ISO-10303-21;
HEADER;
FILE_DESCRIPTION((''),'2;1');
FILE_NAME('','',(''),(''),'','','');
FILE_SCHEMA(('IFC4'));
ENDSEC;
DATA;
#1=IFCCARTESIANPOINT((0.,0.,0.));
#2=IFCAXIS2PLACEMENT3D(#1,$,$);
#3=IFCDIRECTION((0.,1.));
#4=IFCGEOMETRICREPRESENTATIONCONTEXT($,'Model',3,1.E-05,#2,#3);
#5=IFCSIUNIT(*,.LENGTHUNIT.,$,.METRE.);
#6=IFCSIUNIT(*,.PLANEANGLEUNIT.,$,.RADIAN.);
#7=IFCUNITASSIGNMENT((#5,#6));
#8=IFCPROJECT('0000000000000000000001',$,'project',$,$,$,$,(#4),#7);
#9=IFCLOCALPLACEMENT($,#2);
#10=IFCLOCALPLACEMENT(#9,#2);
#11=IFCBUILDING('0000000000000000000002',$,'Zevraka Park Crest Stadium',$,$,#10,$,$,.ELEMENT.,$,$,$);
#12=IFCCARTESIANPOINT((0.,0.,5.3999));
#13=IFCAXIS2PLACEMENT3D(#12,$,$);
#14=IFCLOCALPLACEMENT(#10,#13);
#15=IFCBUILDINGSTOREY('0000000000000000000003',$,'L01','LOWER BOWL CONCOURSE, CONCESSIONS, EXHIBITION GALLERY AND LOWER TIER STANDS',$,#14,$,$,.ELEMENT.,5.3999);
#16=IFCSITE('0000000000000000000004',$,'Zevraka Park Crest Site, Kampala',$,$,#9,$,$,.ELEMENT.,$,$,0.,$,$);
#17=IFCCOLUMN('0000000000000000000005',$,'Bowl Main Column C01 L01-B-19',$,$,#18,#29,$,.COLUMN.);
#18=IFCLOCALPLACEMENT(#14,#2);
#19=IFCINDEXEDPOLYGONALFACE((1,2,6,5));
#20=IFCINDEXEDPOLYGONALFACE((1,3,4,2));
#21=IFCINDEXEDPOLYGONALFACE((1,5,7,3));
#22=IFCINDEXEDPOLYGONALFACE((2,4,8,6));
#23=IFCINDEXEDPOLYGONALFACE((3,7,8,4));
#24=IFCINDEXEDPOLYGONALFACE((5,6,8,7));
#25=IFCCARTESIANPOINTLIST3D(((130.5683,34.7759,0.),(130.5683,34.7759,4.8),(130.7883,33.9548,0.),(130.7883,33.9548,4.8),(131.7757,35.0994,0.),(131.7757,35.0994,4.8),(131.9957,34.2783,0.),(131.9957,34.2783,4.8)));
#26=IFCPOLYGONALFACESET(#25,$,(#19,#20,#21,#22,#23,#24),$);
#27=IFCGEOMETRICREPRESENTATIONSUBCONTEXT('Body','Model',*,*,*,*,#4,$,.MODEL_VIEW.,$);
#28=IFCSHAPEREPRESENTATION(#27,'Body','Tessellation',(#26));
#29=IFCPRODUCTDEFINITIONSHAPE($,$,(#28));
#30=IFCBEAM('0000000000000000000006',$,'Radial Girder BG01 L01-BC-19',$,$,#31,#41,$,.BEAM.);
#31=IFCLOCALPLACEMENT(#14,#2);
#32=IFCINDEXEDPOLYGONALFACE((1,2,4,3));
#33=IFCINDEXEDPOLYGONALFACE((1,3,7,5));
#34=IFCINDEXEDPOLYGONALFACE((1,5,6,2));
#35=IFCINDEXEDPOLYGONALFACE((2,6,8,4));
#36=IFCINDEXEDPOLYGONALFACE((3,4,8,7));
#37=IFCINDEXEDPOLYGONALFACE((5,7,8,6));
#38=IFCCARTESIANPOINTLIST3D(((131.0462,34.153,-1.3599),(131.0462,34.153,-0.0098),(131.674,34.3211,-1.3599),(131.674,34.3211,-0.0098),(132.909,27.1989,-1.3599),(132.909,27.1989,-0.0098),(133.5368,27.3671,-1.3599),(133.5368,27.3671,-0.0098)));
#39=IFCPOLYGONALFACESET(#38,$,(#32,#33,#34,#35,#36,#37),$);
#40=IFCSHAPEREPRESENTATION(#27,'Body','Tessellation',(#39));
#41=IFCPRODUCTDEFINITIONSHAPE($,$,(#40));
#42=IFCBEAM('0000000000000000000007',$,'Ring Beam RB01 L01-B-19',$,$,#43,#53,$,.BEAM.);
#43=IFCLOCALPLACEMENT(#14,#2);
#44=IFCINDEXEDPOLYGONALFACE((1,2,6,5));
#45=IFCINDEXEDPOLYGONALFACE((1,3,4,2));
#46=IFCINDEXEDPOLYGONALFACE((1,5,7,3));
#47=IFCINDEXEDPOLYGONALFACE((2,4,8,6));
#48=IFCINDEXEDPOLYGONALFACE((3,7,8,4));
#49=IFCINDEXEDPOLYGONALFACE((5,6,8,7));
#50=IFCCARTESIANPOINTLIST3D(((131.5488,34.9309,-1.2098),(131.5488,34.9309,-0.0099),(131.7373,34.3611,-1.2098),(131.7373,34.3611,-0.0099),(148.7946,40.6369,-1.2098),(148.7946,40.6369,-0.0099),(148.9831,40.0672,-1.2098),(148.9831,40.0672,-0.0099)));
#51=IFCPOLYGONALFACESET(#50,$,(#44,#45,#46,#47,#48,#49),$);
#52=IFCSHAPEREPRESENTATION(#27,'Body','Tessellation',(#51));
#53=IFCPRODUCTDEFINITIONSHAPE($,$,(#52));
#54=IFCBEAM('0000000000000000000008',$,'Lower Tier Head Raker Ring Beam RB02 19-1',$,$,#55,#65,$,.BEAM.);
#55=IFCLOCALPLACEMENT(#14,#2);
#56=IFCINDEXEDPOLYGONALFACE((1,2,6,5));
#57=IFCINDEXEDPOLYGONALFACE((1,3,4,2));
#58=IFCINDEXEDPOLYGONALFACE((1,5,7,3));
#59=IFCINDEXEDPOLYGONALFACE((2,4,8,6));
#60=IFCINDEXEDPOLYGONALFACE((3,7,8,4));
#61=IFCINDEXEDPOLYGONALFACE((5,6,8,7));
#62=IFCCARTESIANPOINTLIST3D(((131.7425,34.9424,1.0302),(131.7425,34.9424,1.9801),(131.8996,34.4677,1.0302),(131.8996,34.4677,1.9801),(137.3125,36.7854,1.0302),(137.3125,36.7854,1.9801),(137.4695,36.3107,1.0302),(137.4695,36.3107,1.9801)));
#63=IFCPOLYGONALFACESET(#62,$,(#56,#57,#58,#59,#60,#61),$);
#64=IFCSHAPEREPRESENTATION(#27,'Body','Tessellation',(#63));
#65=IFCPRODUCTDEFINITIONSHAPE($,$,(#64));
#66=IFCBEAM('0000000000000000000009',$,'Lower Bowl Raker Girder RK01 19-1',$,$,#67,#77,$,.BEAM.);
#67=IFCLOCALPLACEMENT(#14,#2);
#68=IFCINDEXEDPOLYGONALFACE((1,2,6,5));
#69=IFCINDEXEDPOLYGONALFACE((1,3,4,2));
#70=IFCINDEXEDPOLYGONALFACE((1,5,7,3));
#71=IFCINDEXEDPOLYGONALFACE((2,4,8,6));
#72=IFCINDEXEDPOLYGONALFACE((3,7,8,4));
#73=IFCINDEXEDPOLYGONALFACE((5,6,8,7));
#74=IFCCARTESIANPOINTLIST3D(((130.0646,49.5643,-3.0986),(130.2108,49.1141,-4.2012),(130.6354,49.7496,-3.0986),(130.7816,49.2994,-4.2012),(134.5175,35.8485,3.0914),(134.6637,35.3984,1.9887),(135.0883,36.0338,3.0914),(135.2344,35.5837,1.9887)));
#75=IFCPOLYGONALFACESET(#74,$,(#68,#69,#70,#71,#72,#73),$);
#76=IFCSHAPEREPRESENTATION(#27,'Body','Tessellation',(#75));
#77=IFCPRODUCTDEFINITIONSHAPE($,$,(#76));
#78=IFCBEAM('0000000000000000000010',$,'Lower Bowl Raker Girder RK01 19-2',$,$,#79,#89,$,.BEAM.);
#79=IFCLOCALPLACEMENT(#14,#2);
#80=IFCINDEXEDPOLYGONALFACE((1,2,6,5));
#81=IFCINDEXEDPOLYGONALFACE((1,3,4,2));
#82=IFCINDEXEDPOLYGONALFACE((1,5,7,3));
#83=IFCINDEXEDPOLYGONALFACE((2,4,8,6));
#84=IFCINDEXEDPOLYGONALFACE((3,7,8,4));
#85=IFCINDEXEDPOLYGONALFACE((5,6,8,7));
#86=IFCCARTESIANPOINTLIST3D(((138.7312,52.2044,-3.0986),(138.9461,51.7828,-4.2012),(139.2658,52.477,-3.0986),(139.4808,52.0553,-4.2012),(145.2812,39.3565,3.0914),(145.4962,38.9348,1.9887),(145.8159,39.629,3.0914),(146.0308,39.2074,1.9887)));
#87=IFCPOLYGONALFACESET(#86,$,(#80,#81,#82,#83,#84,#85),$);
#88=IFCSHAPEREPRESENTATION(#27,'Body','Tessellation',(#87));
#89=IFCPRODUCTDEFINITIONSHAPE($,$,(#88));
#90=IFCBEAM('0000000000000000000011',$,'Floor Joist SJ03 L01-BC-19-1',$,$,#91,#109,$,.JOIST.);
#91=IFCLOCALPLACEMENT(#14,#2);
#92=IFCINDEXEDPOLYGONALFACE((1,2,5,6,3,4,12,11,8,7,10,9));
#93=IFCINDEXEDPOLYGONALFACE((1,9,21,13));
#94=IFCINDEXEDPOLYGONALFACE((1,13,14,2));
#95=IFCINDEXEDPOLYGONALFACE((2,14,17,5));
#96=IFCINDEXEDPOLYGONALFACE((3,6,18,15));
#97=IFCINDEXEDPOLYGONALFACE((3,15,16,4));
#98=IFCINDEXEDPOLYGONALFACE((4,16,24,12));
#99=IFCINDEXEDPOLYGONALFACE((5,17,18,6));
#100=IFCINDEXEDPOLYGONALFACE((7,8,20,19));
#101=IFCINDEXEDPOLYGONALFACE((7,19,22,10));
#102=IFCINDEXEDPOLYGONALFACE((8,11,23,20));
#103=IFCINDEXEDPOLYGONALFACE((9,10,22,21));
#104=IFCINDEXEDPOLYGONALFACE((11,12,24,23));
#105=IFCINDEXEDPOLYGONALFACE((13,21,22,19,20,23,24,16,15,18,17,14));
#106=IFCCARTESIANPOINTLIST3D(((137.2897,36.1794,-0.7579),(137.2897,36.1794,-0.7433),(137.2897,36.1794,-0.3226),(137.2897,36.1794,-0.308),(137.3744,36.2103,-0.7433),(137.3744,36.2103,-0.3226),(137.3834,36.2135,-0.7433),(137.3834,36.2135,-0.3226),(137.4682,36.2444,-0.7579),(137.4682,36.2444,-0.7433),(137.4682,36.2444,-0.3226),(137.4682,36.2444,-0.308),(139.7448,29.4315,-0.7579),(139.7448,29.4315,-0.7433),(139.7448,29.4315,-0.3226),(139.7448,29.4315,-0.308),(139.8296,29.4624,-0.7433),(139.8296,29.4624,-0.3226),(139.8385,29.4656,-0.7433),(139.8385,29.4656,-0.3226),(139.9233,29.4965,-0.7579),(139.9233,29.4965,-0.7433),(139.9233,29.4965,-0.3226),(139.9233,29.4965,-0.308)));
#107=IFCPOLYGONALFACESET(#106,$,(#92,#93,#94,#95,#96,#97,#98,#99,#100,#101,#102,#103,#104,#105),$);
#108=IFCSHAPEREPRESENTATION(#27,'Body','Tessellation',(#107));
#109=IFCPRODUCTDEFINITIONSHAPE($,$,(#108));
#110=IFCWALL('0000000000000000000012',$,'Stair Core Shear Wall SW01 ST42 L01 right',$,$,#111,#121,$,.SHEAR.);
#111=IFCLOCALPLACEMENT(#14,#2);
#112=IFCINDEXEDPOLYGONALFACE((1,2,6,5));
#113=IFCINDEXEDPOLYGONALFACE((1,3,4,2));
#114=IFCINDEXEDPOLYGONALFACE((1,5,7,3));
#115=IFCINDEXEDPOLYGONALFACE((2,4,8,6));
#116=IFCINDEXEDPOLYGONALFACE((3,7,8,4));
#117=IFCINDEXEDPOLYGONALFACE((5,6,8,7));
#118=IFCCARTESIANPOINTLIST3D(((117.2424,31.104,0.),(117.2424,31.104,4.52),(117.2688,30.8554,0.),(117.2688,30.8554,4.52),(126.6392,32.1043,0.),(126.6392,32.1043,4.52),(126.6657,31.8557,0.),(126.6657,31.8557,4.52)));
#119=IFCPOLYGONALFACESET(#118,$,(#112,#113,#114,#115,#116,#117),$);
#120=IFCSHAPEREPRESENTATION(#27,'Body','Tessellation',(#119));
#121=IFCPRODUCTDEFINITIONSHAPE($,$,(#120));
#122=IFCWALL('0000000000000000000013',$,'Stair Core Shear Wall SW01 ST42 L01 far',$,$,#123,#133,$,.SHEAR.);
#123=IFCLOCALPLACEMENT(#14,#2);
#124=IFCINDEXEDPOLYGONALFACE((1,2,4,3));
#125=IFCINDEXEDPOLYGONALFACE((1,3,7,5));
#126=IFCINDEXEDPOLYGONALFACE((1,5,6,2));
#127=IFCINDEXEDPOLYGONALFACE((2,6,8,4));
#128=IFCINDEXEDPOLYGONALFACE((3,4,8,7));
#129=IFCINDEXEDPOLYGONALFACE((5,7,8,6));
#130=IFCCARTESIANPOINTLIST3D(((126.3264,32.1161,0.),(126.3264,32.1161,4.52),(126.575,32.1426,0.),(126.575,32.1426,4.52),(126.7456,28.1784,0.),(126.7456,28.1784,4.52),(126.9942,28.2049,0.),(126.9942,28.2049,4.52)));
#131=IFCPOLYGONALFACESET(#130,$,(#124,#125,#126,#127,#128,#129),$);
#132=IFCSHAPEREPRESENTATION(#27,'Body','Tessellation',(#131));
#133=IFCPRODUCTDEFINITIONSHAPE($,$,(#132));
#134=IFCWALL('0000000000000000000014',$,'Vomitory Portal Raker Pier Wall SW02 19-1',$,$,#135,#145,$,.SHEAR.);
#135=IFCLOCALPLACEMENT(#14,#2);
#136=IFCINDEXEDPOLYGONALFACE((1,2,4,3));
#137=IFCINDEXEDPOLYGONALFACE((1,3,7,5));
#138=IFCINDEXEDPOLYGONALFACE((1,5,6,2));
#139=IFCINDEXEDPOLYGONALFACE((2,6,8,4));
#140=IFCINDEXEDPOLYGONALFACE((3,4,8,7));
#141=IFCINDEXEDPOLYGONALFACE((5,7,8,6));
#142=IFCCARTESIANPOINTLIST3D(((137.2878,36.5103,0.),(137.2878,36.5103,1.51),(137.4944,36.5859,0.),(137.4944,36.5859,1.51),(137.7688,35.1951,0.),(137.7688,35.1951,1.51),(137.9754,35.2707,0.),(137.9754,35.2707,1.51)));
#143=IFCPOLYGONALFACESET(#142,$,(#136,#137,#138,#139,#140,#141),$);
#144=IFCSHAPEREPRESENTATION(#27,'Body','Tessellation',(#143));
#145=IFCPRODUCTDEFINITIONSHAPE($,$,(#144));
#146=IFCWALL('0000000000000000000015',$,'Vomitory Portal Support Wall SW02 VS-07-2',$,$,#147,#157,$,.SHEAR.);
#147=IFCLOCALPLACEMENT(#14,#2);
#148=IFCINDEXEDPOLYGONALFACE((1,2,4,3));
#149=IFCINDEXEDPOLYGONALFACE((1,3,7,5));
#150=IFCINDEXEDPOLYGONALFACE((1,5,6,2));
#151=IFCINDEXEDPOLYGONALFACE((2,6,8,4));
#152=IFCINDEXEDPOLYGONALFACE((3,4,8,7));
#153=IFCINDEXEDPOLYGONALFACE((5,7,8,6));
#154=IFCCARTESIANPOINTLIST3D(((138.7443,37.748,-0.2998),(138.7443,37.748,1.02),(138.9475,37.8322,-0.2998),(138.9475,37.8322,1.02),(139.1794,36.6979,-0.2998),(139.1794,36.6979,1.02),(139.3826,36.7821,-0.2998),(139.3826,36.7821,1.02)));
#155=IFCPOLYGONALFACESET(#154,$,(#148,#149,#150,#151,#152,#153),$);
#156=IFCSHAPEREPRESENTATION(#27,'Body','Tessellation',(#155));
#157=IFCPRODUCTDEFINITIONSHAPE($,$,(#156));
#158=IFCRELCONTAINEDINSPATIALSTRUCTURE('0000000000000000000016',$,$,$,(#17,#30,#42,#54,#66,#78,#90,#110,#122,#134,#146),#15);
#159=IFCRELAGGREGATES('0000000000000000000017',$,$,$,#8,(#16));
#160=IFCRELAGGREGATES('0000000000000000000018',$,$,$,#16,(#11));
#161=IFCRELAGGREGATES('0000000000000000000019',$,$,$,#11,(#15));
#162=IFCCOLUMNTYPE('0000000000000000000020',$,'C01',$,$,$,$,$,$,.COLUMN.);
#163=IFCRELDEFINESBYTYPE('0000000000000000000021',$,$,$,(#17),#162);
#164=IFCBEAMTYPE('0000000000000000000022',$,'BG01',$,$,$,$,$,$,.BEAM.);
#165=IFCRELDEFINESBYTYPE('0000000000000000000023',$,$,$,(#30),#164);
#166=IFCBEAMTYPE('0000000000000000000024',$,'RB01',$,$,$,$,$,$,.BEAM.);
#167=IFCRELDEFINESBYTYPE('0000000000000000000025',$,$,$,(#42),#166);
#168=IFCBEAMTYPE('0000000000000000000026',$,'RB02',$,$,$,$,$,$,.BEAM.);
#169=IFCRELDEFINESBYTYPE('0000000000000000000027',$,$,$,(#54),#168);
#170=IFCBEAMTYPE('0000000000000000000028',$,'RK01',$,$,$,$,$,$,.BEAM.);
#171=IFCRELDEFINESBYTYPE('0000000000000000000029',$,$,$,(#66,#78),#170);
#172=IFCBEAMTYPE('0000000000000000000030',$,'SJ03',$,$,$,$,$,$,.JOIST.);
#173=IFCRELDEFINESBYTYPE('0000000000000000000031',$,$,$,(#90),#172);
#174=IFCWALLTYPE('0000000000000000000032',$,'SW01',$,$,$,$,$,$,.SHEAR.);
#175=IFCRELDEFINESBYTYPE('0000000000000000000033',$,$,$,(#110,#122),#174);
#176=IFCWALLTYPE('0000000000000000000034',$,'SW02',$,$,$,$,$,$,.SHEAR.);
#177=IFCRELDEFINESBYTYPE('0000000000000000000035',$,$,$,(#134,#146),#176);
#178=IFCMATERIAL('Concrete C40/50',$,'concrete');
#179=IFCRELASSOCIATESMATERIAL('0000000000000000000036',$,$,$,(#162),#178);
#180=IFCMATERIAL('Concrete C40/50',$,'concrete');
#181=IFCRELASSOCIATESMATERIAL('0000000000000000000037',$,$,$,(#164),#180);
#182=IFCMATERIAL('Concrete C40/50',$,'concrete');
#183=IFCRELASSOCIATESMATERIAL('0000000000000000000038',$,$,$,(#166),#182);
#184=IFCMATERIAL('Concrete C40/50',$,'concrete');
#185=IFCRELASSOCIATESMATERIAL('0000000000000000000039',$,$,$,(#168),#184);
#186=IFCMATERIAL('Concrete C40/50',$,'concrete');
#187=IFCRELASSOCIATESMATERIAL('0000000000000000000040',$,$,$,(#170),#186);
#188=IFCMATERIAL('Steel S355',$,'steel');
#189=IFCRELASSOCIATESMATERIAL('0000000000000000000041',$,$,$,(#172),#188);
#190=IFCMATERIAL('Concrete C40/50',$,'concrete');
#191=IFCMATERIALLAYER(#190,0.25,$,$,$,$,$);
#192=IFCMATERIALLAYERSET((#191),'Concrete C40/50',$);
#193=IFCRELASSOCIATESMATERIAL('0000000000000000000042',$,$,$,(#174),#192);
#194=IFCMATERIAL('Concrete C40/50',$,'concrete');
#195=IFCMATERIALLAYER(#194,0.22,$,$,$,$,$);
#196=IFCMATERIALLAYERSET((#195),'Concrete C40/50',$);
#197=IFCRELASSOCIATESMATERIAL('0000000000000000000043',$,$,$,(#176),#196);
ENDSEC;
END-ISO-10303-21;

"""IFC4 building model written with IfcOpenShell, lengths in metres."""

from ifc_helpers import new_model, si_unit, direction, frame, frame_2d, origin, origin_2d, place, context, subcontext, project, spatial, rectangle, i_section, extrude, material, layer, layer_set, material_profile, profile_set, type_object, element, save


model = new_model("IFC4")

# Units and contexts
model_context = context("Model", 3, precision=1e-05, world=origin(), true_north=direction((0.0, 1.0)))
body_context = subcontext(model_context, "Body", "Model", "MODEL_VIEW")
ifc_project = project(units=[si_unit("LENGTHUNIT", "METRE"), si_unit("PLANEANGLEUNIT", "RADIAN")], contexts=[model_context])

# Site, building, storey
site_placement = place(None, origin())
site = spatial("IfcSite", under=ifc_project, at=site_placement, Name="Zevraka Park Crest Site, Kampala", CompositionType="ELEMENT", RefElevation=0.0)
building_placement = place(site_placement, origin())
building = spatial("IfcBuilding", under=site, at=building_placement, Name="Zevraka Park Crest Stadium", CompositionType="ELEMENT")
storey_placement = place(building_placement, frame((0.0, 0.0, 5.3999)))
storey = spatial("IfcBuildingStorey", under=building, at=storey_placement, Name="L01", Description="LOWER BOWL CONCOURSE, CONCESSIONS, EXHIBITION GALLERY AND LOWER TIER STANDS", CompositionType="ELEMENT", Elevation=5.3999)

# Column
ifc_material_1 = material(Name="Concrete C40/50", Category="concrete")
ifc_material_profile_1 = material_profile(ifc_material_1, rectangle(XDim=0.8501, YDim=1.25, at=origin_2d()), Name="RC 1250x850")
ifc_profile_set_1 = profile_set([ifc_material_profile_1], Name="Concrete C40/50")
column_type = type_object("IfcColumnType", Name="C01", PredefinedType="COLUMN", material=ifc_profile_set_1)
column_placement = place(storey_placement, frame((131.282, 34.5271, 0.0), z_axis=(0.0, 0.0, 1.0), x_axis=(-0.258819, 0.965926, 0.0)))
element("IfcColumn", 1, at=column_placement, inside=storey, type_object=column_type, Name="Bowl Main Column C01 L01-B-19", PredefinedType="COLUMN", context=body_context, shape_type="SweptSolid", body=[
    extrude(rectangle(XDim=0.8501, YDim=1.25, at=origin_2d()), origin(), (0.0, 0.0, 1.0), 4.8),
])

# Beams
ifc_material_2 = material(Name="Concrete C40/50", Category="concrete")
ifc_material_profile_2 = material_profile(ifc_material_2, rectangle(XDim=0.6499, YDim=1.3501, at=origin_2d()), Name="RC 1350x650")
ifc_profile_set_2 = profile_set([ifc_material_profile_2], Name="Concrete C40/50")
beam_type_1 = type_object("IfcBeamType", Name="BG01", PredefinedType="BEAM", material=ifc_profile_set_2)
beam_1_placement = place(storey_placement, frame((131.3601, 34.2371, -0.6848), z_axis=(0.258747, -0.965945, 0.0), x_axis=(0.965945, 0.258747, 0.0)))
element("IfcBeam", 2, at=beam_1_placement, inside=storey, type_object=beam_type_1, Name="Radial Girder BG01 L01-BC-19", PredefinedType="BEAM", context=body_context, shape_type="SweptSolid", body=[
    extrude(rectangle(XDim=0.6499, YDim=1.3501, at=origin_2d()), origin(), (0.0, 0.0, 1.0), 7.1992),
])
ifc_material_3 = material(Name="Concrete C40/50", Category="concrete")
ifc_material_profile_3 = material_profile(ifc_material_3, rectangle(XDim=0.6001, YDim=1.2, at=origin_2d()), Name="RC 1200x600")
ifc_profile_set_3 = profile_set([ifc_material_profile_3], Name="Concrete C40/50")
beam_type_2 = type_object("IfcBeamType", Name="RB01", PredefinedType="BEAM", material=ifc_profile_set_3)
beam_2_placement = place(storey_placement, frame((131.6431, 34.646, -0.6099), z_axis=(0.949384, 0.314118, 0.0), x_axis=(-0.314118, 0.949384, 0.0)))
element("IfcBeam", 3, at=beam_2_placement, inside=storey, type_object=beam_type_2, Name="Ring Beam RB01 L01-B-19", PredefinedType="BEAM", context=body_context, shape_type="SweptSolid", body=[
    extrude(rectangle(XDim=0.6001, YDim=1.2, at=origin_2d()), origin(), (0.0, 0.0, 1.0), 18.1653),
])
ifc_material_4 = material(Name="Concrete C40/50", Category="concrete")
ifc_material_profile_4 = material_profile(ifc_material_4, rectangle(XDim=0.5, YDim=0.95, at=origin_2d()), Name="RC 950x500")
ifc_profile_set_4 = profile_set([ifc_material_profile_4], Name="Concrete C40/50")
beam_type_3 = type_object("IfcBeamType", Name="RB02", PredefinedType="BEAM", material=ifc_profile_set_4)
beam_3_placement = place(storey_placement, frame((131.821, 34.7051, 1.5051), z_axis=(0.94938, 0.31413, 0.0), x_axis=(-0.31413, 0.94938, 0.0)))
element("IfcBeam", 4, at=beam_3_placement, inside=storey, type_object=beam_type_3, Name="Lower Tier Head Raker Ring Beam RB02 19-1", PredefinedType="BEAM", context=body_context, shape_type="SweptSolid", body=[
    extrude(rectangle(XDim=0.5, YDim=0.95, at=origin_2d()), origin(), (0.0, 0.0, 1.0), 5.8669),
])
ifc_material_5 = material(Name="Concrete C40/50", Category="concrete")
ifc_material_profile_5 = material_profile(ifc_material_5, rectangle(XDim=0.6001, YDim=1.2, at=origin_2d()), Name="RC 1200x600")
ifc_profile_set_5 = profile_set([ifc_material_profile_5], Name="Concrete C40/50")
beam_type_4 = type_object("IfcBeamType", Name="RK01", PredefinedType="BEAM", material=ifc_profile_set_5)
beam_4_placement = place(storey_placement, frame((130.4231, 49.4319, -3.6499), z_axis=(0.283751, -0.874014, 0.394442), x_axis=(0.951131, 0.308787, 0.0)))
element("IfcBeam", 5, at=beam_4_placement, inside=storey, type_object=beam_type_4, Name="Lower Bowl Raker Girder RK01 19-1", PredefinedType="BEAM", context=body_context, shape_type="SweptSolid", body=[
    extrude(rectangle(XDim=0.6001, YDim=1.2, at=origin_2d()), origin(), (0.0, 0.0, 1.0), 15.6929),
])
beam_5_placement = place(storey_placement, frame((139.106, 52.1299, -3.6499), z_axis=(0.417372, -0.818675, 0.394426), x_axis=(0.890902, 0.454195, 0.0)))
element("IfcBeam", 6, at=beam_5_placement, inside=storey, type_object=beam_type_4, Name="Lower Bowl Raker Girder RK01 19-2", PredefinedType="BEAM", context=body_context, shape_type="SweptSolid", body=[
    extrude(rectangle(XDim=0.6001, YDim=1.2, at=origin_2d()), origin(), (0.0, 0.0, 1.0), 15.6936),
])
ifc_material_6 = material(Name="Steel S355", Category="steel")
ifc_material_profile_6 = material_profile(ifc_material_6, i_section(OverallWidth=0.1899, OverallDepth=0.45, WebThickness=0.0095, FlangeThickness=0.0146, at=origin_2d()), Name="IPE 450")
ifc_profile_set_6 = profile_set([ifc_material_profile_6], Name="Steel S355")
beam_type_5 = type_object("IfcBeamType", Name="SJ03", PredefinedType="JOIST", material=ifc_profile_set_6)
beam_6_placement = place(storey_placement, frame((137.3789, 36.2119, -0.533), z_axis=(0.341907, -0.939734, 0.0), x_axis=(0.939734, 0.341907, 0.0)))
element("IfcBeam", 7, at=beam_6_placement, inside=storey, type_object=beam_type_5, Name="Floor Joist SJ03 L01-BC-19-1", PredefinedType="JOIST", context=body_context, shape_type="SweptSolid", body=[
    extrude(i_section(OverallWidth=0.1899, OverallDepth=0.45, WebThickness=0.0095, FlangeThickness=0.0146, at=origin_2d()), origin(), (0.0, 0.0, 1.0), 7.1807),
])

# Walls
ifc_material_7 = material(Name="Concrete C40/50", Category="concrete")
ifc_layer_1 = layer(ifc_material_7, 0.25)
ifc_layer_set_1 = layer_set([ifc_layer_1], Name="Concrete C40/50")
wall_type_1 = type_object("IfcWallType", Name="SW01", PredefinedType="SHEAR", material=ifc_layer_set_1)
wall_1_placement = place(storey_placement, frame((126.6526, 31.98, 0.0), z_axis=(0.0, 0.0, 1.0), x_axis=(-0.994383, -0.105845, 0.0)))
element("IfcWall", 8, at=wall_1_placement, inside=storey, type_object=wall_type_1, Name="Stair Core Shear Wall SW01 ST42 L01 right", PredefinedType="SHEAR", context=body_context, shape_type="SweptSolid", body=[
    extrude(rectangle(XDim=9.45, YDim=0.25, at=frame_2d((4.7251, 0.0))), origin(), (0.0, 0.0, 1.0), 4.52),
])
wall_2_placement = place(storey_placement, frame((126.8699, 28.1917, 0.0), z_axis=(0.0, 0.0, 1.0), x_axis=(-0.105856, 0.994381, 0.0)))
element("IfcWall", 9, at=wall_2_placement, inside=storey, type_object=wall_type_1, Name="Stair Core Shear Wall SW01 ST42 L01 far", PredefinedType="SHEAR", context=body_context, shape_type="SweptSolid", body=[
    extrude(rectangle(XDim=3.96, YDim=0.25, at=frame_2d((1.98, 0.0))), origin(), (0.0, 0.0, 1.0), 4.52),
])
ifc_material_8 = material(Name="Concrete C40/50", Category="concrete")
ifc_layer_2 = layer(ifc_material_8, 0.22)
ifc_layer_set_2 = layer_set([ifc_layer_2], Name="Concrete C40/50")
wall_type_2 = type_object("IfcWallType", Name="SW02", PredefinedType="SHEAR", material=ifc_layer_set_2)
wall_3_placement = place(storey_placement, frame((137.3911, 36.5481, 0.0), z_axis=(0.0, 0.0, 1.0), x_axis=(0.34345, -0.939171, 0.0)))
element("IfcWall", 10, at=wall_3_placement, inside=storey, type_object=wall_type_2, Name="Vomitory Portal Raker Pier Wall SW02 19-1", PredefinedType="SHEAR", context=body_context, shape_type="SweptSolid", body=[
    extrude(rectangle(XDim=1.4004, YDim=0.22, at=frame_2d((0.7002, 0.0))), origin(), (0.0, 0.0, 1.0), 1.51),
])
wall_4_placement = place(storey_placement, frame((139.281, 36.74, -0.2998), z_axis=(0.0, 0.0, 1.0), x_axis=(-0.382769, 0.923844, 0.0)))
element("IfcWall", 11, at=wall_4_placement, inside=storey, type_object=wall_type_2, Name="Vomitory Portal Support Wall SW02 VS-07-2", PredefinedType="SHEAR", context=body_context, shape_type="SweptSolid", body=[
    extrude(rectangle(XDim=1.1367, YDim=0.22, at=frame_2d((0.5684, 0.0))), origin(), (0.0, 0.0, 1.0), 1.3198),
])

save(model, "model.ifc")
